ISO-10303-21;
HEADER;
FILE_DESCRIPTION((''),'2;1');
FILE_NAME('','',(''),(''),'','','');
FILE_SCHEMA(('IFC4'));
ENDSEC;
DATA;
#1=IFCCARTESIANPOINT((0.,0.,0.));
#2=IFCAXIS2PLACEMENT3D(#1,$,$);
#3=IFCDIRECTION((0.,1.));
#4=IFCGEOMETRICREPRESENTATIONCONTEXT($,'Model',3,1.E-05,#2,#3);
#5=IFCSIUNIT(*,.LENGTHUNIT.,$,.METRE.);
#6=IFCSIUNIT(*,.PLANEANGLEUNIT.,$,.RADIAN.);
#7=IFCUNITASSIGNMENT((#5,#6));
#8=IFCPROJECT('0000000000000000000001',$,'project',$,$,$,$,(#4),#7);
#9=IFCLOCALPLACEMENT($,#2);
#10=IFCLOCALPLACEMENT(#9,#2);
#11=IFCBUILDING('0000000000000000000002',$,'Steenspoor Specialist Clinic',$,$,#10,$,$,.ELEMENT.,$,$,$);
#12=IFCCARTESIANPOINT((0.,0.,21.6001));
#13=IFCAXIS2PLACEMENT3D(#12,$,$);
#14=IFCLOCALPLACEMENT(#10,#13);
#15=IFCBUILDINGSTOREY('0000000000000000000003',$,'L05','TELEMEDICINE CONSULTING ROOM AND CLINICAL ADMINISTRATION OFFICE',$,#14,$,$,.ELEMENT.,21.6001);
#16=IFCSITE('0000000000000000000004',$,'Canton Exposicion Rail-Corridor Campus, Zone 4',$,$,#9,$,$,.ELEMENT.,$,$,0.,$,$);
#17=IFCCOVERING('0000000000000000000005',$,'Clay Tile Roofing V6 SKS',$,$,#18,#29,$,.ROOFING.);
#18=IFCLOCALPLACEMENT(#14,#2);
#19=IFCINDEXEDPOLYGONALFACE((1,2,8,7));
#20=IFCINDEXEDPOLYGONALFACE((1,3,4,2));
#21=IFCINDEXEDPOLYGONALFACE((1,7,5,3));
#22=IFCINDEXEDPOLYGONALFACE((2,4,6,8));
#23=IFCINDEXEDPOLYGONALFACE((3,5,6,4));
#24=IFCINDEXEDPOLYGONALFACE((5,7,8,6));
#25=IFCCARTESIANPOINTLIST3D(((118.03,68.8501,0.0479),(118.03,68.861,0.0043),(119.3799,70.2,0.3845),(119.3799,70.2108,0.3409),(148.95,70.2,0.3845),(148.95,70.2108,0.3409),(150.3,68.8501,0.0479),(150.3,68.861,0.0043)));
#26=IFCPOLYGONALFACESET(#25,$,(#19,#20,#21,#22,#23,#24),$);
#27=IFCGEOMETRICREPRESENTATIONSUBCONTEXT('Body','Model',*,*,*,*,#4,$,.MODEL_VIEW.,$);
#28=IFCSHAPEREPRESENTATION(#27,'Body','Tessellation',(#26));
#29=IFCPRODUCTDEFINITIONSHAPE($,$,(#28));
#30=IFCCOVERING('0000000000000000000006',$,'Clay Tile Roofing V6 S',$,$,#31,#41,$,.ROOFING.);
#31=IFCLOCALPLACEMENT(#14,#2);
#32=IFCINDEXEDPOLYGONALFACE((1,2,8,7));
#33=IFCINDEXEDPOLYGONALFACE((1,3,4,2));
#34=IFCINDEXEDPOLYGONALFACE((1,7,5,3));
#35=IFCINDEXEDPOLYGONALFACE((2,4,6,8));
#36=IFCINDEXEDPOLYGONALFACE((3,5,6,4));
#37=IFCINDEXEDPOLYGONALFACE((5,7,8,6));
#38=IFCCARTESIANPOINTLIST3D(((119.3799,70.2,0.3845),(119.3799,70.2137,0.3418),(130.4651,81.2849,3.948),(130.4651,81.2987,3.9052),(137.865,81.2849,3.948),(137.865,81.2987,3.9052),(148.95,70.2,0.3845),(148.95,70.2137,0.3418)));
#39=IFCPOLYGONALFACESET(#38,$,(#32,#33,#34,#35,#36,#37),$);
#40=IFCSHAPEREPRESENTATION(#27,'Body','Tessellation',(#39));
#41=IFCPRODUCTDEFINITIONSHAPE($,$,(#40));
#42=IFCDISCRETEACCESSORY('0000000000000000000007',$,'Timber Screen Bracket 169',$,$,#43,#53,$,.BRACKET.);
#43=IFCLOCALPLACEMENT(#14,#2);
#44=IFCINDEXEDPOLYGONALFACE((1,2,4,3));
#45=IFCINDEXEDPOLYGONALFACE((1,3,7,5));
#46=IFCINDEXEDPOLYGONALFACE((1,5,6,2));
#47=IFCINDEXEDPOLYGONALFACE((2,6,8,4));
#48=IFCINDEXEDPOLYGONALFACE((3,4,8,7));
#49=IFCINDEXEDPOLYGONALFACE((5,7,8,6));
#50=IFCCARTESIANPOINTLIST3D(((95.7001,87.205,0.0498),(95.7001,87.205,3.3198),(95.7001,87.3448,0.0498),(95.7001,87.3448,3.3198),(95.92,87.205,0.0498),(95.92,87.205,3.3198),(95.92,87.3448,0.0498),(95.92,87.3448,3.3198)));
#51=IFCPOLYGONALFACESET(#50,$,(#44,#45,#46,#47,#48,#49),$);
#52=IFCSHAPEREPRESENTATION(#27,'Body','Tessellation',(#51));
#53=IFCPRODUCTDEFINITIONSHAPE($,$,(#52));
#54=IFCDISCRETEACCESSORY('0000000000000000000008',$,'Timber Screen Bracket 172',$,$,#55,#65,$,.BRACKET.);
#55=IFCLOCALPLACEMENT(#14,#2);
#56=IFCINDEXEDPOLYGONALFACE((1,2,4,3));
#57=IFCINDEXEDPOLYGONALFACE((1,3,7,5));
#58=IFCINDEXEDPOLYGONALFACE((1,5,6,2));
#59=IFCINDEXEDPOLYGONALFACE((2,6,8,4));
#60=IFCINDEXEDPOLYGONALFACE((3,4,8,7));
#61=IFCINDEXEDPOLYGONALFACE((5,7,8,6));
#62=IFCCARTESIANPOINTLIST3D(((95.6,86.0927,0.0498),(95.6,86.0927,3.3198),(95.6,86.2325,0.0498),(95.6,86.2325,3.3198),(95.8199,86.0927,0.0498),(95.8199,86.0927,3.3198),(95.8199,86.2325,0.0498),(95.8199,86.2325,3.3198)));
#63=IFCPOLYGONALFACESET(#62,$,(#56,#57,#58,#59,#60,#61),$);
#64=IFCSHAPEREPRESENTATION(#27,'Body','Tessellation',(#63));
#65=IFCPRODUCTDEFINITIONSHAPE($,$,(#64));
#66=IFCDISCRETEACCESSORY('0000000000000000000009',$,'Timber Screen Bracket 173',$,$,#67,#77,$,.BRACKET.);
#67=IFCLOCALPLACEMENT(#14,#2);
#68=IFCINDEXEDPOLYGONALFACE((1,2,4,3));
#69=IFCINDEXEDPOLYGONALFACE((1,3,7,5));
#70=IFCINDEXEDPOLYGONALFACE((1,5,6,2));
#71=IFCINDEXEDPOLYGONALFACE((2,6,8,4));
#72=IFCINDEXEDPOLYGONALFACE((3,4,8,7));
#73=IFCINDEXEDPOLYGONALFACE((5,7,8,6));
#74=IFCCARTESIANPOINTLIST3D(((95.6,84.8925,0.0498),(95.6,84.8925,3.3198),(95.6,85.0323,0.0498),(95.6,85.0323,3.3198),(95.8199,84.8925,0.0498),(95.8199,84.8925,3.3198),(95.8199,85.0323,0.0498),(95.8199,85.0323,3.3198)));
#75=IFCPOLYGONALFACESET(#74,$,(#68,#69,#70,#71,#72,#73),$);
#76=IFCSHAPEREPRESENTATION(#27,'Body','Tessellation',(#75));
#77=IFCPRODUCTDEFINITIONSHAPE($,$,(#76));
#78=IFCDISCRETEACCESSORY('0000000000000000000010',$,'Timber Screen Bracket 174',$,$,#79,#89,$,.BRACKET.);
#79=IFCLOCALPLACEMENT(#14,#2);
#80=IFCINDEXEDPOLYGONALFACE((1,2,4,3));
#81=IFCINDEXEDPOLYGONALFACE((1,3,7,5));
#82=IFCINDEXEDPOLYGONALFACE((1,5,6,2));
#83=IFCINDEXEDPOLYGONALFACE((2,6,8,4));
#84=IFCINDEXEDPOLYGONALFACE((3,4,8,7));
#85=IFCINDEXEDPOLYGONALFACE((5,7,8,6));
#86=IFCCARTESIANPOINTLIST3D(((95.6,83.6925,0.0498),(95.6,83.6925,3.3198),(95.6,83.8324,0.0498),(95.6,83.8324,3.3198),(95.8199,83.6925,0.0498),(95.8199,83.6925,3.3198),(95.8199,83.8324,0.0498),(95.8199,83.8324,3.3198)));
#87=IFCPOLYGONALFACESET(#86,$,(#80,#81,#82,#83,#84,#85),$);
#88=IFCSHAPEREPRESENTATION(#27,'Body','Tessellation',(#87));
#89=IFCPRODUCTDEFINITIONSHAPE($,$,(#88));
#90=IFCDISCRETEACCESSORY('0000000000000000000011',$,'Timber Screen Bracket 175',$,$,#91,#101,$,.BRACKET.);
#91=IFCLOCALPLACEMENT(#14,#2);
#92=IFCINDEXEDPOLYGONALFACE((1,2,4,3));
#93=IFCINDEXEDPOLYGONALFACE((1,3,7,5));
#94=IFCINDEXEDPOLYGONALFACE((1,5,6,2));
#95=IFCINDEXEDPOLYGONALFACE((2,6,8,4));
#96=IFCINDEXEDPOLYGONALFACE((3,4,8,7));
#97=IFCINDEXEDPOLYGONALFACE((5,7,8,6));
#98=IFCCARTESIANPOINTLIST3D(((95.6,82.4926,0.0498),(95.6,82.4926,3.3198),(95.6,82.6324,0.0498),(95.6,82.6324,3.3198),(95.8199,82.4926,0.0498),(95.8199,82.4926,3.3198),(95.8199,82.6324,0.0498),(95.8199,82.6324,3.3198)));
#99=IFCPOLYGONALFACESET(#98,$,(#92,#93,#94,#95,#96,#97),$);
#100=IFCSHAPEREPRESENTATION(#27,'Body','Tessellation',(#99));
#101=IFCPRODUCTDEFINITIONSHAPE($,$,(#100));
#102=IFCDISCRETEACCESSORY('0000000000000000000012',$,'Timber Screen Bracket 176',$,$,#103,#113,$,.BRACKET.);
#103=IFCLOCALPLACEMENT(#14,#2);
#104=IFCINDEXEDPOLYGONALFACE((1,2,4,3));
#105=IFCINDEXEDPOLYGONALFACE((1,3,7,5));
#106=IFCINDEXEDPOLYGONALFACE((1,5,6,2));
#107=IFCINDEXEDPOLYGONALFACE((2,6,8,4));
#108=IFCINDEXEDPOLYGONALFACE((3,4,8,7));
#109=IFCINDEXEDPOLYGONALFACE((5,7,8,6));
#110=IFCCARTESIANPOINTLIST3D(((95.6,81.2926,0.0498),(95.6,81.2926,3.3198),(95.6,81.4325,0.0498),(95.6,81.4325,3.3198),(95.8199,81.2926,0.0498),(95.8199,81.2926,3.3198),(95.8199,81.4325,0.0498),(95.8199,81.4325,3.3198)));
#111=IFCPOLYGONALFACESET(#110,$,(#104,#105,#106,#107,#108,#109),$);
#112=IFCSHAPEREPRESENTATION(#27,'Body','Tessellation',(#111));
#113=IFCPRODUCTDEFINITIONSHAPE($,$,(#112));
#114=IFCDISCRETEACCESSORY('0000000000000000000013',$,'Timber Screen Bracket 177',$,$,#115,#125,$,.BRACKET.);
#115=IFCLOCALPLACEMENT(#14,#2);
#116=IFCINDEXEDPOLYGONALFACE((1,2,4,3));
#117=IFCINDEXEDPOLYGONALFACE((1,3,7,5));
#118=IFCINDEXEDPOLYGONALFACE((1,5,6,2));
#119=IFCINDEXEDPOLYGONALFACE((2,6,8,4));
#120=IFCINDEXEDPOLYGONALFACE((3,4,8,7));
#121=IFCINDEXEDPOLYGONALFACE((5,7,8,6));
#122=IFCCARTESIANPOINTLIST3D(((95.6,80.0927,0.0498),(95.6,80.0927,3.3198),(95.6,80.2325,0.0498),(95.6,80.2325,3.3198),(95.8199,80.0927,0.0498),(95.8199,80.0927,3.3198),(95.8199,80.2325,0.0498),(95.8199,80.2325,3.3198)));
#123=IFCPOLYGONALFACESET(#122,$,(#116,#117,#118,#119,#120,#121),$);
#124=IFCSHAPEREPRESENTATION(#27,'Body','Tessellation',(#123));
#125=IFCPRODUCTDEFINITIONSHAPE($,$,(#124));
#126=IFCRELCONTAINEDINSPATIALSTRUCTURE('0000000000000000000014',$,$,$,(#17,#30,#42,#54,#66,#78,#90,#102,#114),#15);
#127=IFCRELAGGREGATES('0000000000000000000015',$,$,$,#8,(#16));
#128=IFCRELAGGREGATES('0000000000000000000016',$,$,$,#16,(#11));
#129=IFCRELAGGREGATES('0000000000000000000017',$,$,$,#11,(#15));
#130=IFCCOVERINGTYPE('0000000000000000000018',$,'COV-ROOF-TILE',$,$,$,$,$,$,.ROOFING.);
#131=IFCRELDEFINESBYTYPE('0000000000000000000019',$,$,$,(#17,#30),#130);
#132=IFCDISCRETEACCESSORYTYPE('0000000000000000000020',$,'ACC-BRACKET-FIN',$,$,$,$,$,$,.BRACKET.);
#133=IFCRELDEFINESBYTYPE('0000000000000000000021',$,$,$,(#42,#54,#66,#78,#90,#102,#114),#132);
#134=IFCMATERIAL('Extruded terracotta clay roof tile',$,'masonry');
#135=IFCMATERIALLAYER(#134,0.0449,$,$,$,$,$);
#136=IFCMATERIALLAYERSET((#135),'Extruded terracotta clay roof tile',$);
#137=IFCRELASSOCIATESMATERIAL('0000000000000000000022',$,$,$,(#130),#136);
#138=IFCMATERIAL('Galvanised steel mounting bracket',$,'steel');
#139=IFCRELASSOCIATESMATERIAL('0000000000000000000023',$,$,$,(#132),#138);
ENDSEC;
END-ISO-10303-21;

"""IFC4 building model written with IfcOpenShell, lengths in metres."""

from ifc_helpers import new_model, si_unit, direction, frame, origin, origin_2d, place, context, subcontext, project, spatial, polyline, rectangle, outline, extrude, material, layer, layer_set, type_object, element, save


model = new_model("IFC4")

# Units and contexts
model_context = context("Model", 3, precision=1e-05, world=origin(), true_north=direction((0.0, 1.0)))
body_context = subcontext(model_context, "Body", "Model", "MODEL_VIEW")
ifc_project = project(units=[si_unit("LENGTHUNIT", "METRE"), si_unit("PLANEANGLEUNIT", "RADIAN")], contexts=[model_context])

# Site, building, storey
site_placement = place(None, origin())
site = spatial("IfcSite", under=ifc_project, at=site_placement, Name="Canton Exposicion Rail-Corridor Campus, Zone 4", CompositionType="ELEMENT", RefElevation=0.0)
building_placement = place(site_placement, origin())
building = spatial("IfcBuilding", under=site, at=building_placement, Name="Steenspoor Specialist Clinic", CompositionType="ELEMENT")
storey_placement = place(building_placement, frame((0.0, 0.0, 21.6001)))
storey = spatial("IfcBuildingStorey", under=building, at=storey_placement, Name="L05", Description="TELEMEDICINE CONSULTING ROOM AND CLINICAL ADMINISTRATION OFFICE", CompositionType="ELEMENT", Elevation=21.6001)

# Coverings
ifc_material_1 = material(Name="Extruded terracotta clay roof tile", Category="masonry")
ifc_layer = layer(ifc_material_1, 0.0449)
ifc_layer_set = layer_set([ifc_layer], Name="Extruded terracotta clay roof tile")
covering_type = type_object("IfcCoveringType", Name="COV-ROOF-TILE", PredefinedType="ROOFING", material=ifc_layer_set)
covering_1_placement = place(storey_placement, frame((118.03, 68.8501, 0.0479), z_axis=(0.0, -0.241999, 0.970277), x_axis=(1.0, 0.0, 0.0)))
element("IfcCovering", 1, at=covering_1_placement, inside=storey, type_object=covering_type, Name="Clay Tile Roofing V6 SKS", PredefinedType="ROOFING", context=body_context, shape_type="SweptSolid", body=[
    extrude(outline(polyline([(0.0, 0.0), (32.27, 0.0), (30.9199, 1.3912), (1.3499, 1.3912), (0.0, 0.0)])), origin(), (0.0, 0.0, -1.0), 0.0449),
])
covering_2_placement = place(storey_placement, frame((119.3799, 70.2, 0.3845), z_axis=(0.0, -0.306044, 0.952017), x_axis=(1.0, 0.0, 0.0)))
element("IfcCovering", 2, at=covering_2_placement, inside=storey, type_object=covering_type, Name="Clay Tile Roofing V6 S", PredefinedType="ROOFING", context=body_context, shape_type="SweptSolid", body=[
    extrude(outline(polyline([(0.0, 0.0), (29.5701, 0.0), (18.4851, 11.6437), (11.0852, 11.6437), (0.0, 0.0)])), origin(), (0.0, 0.0, -1.0), 0.0449),
])

# Discrete accessories
ifc_material_2 = material(Name="Galvanised steel mounting bracket", Category="steel")
discrete_accessory_type = type_object("IfcDiscreteAccessoryType", Name="ACC-BRACKET-FIN", PredefinedType="BRACKET", material=ifc_material_2)
for number, where, z_axis, x_axis, name in (
    (3, (95.8101, 87.2749, 0.0498), (0.0, 0.0, 1.0), (1.0, 0.0, 0.0), "Timber Screen Bracket 169"),
    (4, (95.71, 86.1626, 0.0498), (0.0, 0.0, 1.0), (1.0, 0.0, 0.0), "Timber Screen Bracket 172"),
    (5, (95.71, 84.9624, 0.0498), (0.0, 0.0, 1.0), (1.0, 0.0, 0.0), "Timber Screen Bracket 173"),
    (6, (95.71, 83.7625, 0.0498), (0.0, 0.0, 1.0), (1.0, 0.0, 0.0), "Timber Screen Bracket 174"),
    (7, (95.71, 82.5625, 0.0498), (0.0, 0.0, 1.0), (1.0, 0.0, 0.0), "Timber Screen Bracket 175"),
    (8, (95.71, 81.3625, 0.0498), (0.0, 0.0, 1.0), (1.0, 0.0, 0.0), "Timber Screen Bracket 176"),
    (9, (95.71, 80.1626, 0.0498), (0.0, 0.0, 1.0), (1.0, 0.0, 0.0), "Timber Screen Bracket 177"),
):
    element("IfcDiscreteAccessory", number, at=place(storey_placement, frame(where, z_axis=z_axis, x_axis=x_axis)), inside=storey, type_object=discrete_accessory_type, Name=name, PredefinedType="BRACKET", context=body_context, shape_type="SweptSolid", body=[
        extrude(rectangle(XDim=0.22, YDim=0.1399, at=origin_2d()), origin(), (0.0, 0.0, 1.0), 3.27),
    ])

save(model, "model.ifc")
